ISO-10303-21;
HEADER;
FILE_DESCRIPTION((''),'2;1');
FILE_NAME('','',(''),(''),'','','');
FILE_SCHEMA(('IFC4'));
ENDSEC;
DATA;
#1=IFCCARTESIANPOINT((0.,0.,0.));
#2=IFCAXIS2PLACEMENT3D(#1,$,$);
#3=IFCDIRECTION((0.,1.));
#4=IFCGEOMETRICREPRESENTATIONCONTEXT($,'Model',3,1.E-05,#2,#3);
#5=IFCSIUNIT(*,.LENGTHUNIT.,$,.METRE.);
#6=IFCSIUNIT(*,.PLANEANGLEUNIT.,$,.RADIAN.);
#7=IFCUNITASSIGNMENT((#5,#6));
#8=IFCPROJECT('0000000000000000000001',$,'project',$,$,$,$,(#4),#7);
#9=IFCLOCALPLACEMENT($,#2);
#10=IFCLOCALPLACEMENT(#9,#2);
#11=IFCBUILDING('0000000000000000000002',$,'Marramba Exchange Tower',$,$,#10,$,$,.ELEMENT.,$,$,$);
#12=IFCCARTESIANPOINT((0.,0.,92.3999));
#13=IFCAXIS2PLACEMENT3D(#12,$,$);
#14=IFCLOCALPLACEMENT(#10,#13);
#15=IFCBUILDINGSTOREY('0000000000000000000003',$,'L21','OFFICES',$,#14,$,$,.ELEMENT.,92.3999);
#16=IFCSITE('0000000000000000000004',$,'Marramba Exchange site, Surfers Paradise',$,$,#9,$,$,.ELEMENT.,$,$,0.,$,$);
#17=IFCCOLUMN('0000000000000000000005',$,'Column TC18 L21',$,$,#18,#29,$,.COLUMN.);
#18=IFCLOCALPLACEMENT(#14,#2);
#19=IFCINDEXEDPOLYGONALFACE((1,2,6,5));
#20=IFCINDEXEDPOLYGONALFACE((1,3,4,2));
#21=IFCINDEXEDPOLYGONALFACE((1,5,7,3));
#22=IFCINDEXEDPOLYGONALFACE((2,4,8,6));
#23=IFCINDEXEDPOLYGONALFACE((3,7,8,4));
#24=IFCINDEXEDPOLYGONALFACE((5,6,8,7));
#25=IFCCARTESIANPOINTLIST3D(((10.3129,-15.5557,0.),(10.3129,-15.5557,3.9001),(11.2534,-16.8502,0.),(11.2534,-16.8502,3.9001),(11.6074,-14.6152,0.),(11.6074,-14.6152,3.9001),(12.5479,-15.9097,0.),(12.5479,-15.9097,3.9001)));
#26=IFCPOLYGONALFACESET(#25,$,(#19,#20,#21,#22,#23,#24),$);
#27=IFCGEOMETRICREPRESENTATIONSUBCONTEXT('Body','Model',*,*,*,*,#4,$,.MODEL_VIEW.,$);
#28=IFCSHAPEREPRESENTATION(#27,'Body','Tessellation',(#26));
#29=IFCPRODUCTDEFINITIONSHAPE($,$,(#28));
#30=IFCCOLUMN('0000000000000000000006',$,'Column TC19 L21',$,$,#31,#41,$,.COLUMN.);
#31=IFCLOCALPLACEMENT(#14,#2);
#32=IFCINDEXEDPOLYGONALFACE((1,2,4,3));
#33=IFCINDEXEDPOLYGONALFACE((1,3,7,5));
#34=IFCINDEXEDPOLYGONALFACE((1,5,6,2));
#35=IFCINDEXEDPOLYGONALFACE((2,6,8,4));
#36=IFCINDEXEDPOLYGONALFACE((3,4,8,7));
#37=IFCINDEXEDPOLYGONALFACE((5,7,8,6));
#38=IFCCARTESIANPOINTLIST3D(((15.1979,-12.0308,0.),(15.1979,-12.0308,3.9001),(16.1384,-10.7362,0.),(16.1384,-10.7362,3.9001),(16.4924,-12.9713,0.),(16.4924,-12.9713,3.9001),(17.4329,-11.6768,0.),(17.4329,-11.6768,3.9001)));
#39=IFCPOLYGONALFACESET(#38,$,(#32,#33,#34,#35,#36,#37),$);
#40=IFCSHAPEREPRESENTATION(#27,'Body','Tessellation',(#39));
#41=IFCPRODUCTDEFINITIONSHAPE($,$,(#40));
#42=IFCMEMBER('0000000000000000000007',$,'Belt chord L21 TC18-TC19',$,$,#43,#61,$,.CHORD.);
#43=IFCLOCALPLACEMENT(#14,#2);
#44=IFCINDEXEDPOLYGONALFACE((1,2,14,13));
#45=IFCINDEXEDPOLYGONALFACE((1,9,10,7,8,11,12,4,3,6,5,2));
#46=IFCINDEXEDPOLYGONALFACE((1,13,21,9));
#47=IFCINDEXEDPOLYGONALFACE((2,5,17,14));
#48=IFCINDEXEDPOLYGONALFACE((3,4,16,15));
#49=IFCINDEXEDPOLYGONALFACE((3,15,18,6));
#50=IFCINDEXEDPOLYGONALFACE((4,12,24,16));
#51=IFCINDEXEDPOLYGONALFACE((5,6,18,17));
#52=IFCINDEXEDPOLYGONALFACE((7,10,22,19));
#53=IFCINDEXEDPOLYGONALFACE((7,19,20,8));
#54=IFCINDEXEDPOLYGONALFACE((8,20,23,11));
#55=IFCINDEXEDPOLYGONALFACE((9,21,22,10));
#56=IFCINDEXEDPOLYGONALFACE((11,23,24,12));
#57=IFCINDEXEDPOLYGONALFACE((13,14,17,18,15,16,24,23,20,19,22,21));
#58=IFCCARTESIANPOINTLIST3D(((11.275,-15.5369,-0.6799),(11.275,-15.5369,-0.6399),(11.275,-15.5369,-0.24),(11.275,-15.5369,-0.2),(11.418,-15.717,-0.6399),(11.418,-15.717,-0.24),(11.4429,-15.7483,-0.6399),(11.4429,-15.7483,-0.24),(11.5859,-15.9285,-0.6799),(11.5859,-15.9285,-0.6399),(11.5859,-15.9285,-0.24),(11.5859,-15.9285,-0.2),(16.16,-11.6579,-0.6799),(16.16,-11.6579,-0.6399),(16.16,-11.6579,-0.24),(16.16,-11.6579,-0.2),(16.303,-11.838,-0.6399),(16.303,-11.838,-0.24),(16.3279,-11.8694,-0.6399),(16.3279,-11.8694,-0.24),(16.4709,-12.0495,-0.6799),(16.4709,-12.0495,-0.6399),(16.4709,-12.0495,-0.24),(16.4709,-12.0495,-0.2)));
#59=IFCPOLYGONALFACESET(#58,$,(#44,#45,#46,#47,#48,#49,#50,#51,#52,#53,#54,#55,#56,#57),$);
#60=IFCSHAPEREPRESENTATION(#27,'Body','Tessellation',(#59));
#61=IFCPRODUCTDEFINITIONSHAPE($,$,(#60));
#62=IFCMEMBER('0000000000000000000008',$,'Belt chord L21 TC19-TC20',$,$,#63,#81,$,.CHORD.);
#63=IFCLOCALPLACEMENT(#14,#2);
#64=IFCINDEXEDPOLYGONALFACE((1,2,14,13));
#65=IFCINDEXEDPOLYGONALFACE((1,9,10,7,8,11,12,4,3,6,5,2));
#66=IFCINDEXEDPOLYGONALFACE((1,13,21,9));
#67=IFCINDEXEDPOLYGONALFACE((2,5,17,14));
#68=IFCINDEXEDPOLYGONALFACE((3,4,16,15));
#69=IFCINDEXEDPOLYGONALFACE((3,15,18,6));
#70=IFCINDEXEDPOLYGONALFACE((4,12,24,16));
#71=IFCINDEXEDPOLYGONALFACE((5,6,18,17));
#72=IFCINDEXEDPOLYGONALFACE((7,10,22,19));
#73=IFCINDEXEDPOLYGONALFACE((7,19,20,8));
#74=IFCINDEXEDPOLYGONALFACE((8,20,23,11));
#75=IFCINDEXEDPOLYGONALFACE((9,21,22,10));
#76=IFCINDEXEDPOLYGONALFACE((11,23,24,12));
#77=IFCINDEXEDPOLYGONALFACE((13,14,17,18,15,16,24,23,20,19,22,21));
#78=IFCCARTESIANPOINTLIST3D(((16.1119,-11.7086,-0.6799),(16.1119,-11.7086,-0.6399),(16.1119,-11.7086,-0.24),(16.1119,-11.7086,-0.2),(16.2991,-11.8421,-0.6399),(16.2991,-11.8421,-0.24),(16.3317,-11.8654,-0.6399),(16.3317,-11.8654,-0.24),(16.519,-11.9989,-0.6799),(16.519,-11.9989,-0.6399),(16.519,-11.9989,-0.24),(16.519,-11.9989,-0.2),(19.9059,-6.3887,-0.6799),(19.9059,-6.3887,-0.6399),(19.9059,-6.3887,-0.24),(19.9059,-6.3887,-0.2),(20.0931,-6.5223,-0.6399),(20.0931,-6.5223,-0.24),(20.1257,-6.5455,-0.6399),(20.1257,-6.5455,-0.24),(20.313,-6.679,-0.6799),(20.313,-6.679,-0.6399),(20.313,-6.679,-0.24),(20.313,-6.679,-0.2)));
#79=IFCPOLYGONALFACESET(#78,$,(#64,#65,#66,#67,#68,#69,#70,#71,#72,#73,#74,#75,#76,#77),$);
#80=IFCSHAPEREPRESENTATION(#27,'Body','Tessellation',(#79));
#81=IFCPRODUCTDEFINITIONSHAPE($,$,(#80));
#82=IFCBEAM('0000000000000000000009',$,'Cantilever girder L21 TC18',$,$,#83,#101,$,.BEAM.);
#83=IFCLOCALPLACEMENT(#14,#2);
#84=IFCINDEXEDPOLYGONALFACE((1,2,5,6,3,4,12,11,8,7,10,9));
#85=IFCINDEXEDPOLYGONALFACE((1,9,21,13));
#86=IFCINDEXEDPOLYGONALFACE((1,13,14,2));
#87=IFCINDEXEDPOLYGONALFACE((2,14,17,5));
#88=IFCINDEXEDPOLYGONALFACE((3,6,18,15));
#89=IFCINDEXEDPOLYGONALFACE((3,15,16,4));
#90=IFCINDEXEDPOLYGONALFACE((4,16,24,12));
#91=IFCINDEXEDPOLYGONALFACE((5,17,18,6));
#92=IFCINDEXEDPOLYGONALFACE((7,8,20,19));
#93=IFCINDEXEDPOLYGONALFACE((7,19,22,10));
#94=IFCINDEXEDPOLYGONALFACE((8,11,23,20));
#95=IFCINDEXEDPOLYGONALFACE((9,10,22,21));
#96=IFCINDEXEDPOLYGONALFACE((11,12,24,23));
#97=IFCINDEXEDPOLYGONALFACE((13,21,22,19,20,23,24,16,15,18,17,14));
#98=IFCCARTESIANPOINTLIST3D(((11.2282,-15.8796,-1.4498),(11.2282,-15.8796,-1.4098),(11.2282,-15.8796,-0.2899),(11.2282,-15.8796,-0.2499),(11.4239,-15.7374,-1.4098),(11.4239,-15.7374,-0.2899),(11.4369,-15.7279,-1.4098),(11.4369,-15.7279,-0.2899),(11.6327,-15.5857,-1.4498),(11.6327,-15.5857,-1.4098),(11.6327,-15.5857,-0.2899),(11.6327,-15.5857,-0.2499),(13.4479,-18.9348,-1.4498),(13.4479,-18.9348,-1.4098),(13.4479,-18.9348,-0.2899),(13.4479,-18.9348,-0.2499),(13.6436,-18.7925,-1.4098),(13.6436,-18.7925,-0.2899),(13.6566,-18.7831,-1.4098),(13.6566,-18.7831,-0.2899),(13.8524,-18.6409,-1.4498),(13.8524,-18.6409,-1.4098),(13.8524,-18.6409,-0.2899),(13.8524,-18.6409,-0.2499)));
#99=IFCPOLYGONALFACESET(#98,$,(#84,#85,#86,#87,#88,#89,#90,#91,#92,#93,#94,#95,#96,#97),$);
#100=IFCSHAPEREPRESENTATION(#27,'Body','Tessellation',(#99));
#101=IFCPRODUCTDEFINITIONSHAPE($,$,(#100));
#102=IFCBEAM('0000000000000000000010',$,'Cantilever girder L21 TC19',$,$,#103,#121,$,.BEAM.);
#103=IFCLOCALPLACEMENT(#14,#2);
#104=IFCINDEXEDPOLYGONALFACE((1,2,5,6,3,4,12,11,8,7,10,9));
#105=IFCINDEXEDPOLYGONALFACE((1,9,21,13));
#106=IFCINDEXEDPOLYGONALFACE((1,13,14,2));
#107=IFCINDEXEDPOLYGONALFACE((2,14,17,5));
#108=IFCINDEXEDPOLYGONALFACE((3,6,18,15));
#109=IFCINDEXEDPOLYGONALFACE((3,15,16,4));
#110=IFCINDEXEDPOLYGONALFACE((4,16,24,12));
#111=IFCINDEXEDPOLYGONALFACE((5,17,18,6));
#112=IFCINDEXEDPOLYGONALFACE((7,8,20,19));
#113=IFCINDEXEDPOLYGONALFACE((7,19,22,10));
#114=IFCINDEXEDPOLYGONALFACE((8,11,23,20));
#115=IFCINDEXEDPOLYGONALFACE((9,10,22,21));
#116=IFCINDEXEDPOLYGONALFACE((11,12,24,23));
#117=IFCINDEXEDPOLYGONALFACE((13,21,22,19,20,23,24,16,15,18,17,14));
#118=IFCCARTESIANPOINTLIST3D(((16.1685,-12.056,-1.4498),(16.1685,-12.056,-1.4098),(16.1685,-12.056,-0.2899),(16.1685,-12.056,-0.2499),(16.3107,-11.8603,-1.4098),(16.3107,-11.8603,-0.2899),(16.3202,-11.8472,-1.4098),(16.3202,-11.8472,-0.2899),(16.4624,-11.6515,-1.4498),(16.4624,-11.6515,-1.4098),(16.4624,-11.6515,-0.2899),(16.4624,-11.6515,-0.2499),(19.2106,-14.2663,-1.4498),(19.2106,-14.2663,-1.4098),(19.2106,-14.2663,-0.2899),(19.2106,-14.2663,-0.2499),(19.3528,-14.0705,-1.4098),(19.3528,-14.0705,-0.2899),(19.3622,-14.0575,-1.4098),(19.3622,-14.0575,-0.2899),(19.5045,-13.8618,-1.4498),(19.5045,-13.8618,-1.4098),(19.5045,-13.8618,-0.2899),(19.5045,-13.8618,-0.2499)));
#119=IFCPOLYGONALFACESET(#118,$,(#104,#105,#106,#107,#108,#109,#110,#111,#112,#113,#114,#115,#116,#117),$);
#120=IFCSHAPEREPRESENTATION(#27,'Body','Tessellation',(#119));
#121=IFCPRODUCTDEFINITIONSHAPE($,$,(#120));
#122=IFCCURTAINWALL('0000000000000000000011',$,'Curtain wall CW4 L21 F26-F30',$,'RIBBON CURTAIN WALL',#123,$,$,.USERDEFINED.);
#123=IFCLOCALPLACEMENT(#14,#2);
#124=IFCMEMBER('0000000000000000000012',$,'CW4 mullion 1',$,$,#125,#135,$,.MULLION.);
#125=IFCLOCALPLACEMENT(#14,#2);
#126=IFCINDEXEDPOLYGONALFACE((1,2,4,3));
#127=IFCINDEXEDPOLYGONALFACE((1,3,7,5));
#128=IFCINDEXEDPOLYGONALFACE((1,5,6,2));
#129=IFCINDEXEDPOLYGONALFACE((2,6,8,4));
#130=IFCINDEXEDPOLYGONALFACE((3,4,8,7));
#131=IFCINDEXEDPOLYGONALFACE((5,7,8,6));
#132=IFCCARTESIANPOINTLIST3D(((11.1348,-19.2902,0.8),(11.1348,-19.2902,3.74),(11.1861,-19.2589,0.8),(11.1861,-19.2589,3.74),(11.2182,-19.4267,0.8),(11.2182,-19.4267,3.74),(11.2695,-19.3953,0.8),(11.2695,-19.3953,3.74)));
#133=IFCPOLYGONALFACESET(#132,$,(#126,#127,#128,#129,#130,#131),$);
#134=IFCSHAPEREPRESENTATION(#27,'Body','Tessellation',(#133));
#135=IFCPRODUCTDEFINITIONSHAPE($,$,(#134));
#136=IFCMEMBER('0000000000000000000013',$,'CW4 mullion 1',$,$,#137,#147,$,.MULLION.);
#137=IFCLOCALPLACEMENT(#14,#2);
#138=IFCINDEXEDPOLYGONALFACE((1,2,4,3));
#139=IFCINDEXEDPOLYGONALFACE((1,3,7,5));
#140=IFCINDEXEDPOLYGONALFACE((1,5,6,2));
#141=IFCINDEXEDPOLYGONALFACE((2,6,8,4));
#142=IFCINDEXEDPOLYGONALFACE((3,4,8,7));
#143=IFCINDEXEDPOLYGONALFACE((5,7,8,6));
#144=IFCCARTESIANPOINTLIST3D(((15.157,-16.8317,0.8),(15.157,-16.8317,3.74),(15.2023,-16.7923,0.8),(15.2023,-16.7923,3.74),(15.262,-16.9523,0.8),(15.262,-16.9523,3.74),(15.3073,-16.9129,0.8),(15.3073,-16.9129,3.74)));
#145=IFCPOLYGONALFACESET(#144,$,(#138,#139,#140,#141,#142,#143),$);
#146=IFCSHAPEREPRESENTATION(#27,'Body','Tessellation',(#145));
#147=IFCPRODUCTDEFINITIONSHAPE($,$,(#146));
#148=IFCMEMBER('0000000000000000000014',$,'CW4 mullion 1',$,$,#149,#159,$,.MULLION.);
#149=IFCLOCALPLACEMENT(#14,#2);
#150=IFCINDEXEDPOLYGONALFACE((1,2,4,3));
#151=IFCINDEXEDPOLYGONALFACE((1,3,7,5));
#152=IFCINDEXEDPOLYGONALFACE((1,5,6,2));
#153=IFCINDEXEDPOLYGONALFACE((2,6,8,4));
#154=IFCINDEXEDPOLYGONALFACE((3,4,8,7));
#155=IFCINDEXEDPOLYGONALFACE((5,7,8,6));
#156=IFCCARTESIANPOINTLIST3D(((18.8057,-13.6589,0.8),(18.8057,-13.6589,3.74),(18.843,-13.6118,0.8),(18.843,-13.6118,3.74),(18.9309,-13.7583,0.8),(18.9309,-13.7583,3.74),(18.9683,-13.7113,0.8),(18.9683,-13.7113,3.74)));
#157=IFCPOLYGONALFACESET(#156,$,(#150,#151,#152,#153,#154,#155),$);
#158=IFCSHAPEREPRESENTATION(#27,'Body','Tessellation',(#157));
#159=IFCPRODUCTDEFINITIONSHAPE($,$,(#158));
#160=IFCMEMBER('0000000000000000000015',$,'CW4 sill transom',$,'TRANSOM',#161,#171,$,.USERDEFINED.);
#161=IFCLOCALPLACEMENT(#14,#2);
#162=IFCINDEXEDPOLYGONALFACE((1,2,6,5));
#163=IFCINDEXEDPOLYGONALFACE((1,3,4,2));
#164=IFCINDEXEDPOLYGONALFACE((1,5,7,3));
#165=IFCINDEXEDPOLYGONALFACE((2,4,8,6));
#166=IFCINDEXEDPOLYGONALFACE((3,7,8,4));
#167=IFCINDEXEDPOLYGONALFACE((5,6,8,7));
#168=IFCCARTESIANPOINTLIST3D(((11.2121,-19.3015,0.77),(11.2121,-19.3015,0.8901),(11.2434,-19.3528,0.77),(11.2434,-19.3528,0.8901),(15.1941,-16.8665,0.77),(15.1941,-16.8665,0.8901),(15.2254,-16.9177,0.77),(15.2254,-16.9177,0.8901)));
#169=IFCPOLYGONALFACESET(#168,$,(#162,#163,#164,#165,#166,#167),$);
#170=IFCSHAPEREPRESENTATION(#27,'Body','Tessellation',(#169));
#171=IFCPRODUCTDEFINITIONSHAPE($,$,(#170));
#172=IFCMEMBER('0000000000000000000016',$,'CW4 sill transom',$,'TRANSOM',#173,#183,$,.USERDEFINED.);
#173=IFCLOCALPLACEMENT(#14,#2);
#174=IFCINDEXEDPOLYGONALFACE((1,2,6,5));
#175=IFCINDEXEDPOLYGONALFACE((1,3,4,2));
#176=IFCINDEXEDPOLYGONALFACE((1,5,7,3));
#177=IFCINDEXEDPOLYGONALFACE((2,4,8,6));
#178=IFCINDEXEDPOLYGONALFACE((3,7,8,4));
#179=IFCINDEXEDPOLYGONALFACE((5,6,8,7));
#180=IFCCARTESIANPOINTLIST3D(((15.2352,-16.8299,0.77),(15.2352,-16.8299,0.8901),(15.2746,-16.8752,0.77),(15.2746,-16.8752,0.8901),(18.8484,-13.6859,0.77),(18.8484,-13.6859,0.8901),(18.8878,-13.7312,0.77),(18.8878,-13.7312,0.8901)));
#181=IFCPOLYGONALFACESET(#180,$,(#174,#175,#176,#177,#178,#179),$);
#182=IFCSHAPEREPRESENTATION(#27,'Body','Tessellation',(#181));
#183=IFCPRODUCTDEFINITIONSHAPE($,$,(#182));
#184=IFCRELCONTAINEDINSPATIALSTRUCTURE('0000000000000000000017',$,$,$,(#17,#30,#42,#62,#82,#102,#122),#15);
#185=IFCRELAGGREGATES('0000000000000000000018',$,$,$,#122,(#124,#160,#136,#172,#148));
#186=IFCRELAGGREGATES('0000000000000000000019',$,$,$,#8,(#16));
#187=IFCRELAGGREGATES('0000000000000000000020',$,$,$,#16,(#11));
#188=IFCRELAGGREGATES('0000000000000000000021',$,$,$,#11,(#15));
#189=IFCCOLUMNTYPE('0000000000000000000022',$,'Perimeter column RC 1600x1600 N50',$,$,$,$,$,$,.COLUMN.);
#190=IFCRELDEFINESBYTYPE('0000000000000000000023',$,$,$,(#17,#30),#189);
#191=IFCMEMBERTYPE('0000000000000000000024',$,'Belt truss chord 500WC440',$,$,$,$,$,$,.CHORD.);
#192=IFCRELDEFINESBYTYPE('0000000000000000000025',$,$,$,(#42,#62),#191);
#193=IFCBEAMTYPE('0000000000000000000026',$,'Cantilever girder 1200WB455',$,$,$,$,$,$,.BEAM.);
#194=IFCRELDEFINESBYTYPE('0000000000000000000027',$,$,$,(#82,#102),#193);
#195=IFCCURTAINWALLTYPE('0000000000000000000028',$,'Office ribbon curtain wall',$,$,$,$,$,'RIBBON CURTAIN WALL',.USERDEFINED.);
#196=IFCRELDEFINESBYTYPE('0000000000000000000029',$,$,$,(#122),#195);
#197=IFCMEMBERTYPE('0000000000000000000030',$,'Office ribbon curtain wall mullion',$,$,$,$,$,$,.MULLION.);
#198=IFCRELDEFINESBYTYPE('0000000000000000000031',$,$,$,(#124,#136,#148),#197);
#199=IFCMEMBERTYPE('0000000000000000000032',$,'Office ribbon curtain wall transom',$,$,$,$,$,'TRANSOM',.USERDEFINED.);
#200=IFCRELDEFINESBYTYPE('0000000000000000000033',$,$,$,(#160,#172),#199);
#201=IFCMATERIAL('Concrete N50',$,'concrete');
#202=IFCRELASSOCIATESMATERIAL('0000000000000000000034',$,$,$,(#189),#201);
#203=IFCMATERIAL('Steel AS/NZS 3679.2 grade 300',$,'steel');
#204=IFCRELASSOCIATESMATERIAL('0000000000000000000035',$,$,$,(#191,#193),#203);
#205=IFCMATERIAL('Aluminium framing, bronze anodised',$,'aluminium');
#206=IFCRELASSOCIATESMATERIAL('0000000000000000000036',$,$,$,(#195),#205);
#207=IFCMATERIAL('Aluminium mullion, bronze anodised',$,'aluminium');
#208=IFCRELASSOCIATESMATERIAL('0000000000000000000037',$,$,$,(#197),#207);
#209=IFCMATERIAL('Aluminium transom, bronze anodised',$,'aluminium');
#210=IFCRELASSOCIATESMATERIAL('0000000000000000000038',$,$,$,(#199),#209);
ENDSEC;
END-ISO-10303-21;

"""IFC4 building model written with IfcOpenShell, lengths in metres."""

from ifc_helpers import new_model, si_unit, direction, frame, origin, origin_2d, place, context, subcontext, project, spatial, rectangle, i_section, extrude, material, material_profile, profile_set, type_object, element, aggregate, save


model = new_model("IFC4")

# Units and contexts
model_context = context("Model", 3, precision=1e-05, world=origin(), true_north=direction((0.0, 1.0)))
body_context = subcontext(model_context, "Body", "Model", "MODEL_VIEW")
ifc_project = project(units=[si_unit("LENGTHUNIT", "METRE"), si_unit("PLANEANGLEUNIT", "RADIAN")], contexts=[model_context])

# Site, building, storey
site_placement = place(None, origin())
site = spatial("IfcSite", under=ifc_project, at=site_placement, Name="Marramba Exchange site, Surfers Paradise", CompositionType="ELEMENT", RefElevation=0.0)
building_placement = place(site_placement, origin())
building = spatial("IfcBuilding", under=site, at=building_placement, Name="Marramba Exchange Tower", CompositionType="ELEMENT")
storey_placement = place(building_placement, frame((0.0, 0.0, 92.3999)))
storey = spatial("IfcBuildingStorey", under=building, at=storey_placement, Name="L21", Description="OFFICES", CompositionType="ELEMENT", Elevation=92.3999)

# Columns
ifc_material_1 = material(Name="Concrete N50", Category="concrete")
ifc_material_profile_1 = material_profile(ifc_material_1, rectangle(XDim=1.6001, YDim=1.6001, at=origin_2d()), Name="RC 1600x1600")
ifc_profile_set_1 = profile_set([ifc_material_profile_1], Name="Concrete N50")
column_type = type_object("IfcColumnType", Name="Perimeter column RC 1600x1600 N50", PredefinedType="COLUMN", material=ifc_profile_set_1)
for number, where, z_axis, x_axis, name in (
    (1, (11.4304, -15.7327, 0.0), (0.0, 0.0, 1.0), (0.587785, -0.809017, 0.0), "Column TC18 L21"),
    (2, (16.3154, -11.8538, 0.0), (0.0, 0.0, 1.0), (0.809017, -0.587785, 0.0), "Column TC19 L21"),
):
    element("IfcColumn", number, at=place(storey_placement, frame(where, z_axis=z_axis, x_axis=x_axis)), inside=storey, type_object=column_type, Name=name, PredefinedType="COLUMN", context=body_context, shape_type="SweptSolid", body=[
        extrude(rectangle(XDim=1.6001, YDim=1.6001, at=origin_2d()), origin(), (0.0, 0.0, 1.0), 3.9001),
    ])

# Members
ifc_material_2 = material(Name="Steel AS/NZS 3679.2 grade 300", Category="steel")
ifc_material_profile_2 = material_profile(ifc_material_2, i_section(OverallWidth=0.5, OverallDepth=0.48, WebThickness=0.04, FlangeThickness=0.04, at=origin_2d()), Name="500WC440")
ifc_profile_set_2 = profile_set([ifc_material_profile_2], Name="Steel AS/NZS 3679.2 grade 300")
member_type_1 = type_object("IfcMemberType", Name="Belt truss chord 500WC440", PredefinedType="CHORD", material=ifc_profile_set_2)
member_1_placement = place(storey_placement, frame((11.4304, -15.7327, -0.4399), z_axis=(0.783139, 0.621846, 0.0), x_axis=(-0.621846, 0.783139, 0.0)))
element("IfcMember", 3, at=member_1_placement, inside=storey, type_object=member_type_1, Name="Belt chord L21 TC18-TC19", PredefinedType="CHORD", context=body_context, shape_type="SweptSolid", body=[
    extrude(i_section(OverallWidth=0.5, OverallDepth=0.48, WebThickness=0.04, FlangeThickness=0.04, at=origin_2d()), origin(), (0.0, 0.0, 1.0), 6.2378),
])
member_2_placement = place(storey_placement, frame((16.3154, -11.8538, -0.4399), z_axis=(0.580637, 0.814162, 0.0), x_axis=(-0.814162, 0.580637, 0.0)))
element("IfcMember", 4, at=member_2_placement, inside=storey, type_object=member_type_1, Name="Belt chord L21 TC19-TC20", PredefinedType="CHORD", context=body_context, shape_type="SweptSolid", body=[
    extrude(i_section(OverallWidth=0.5, OverallDepth=0.48, WebThickness=0.04, FlangeThickness=0.04, at=origin_2d()), origin(), (0.0, 0.0, 1.0), 6.5342),
])

# Beams
ifc_material_profile_3 = material_profile(ifc_material_2, i_section(OverallWidth=0.5, OverallDepth=1.2, WebThickness=0.0161, FlangeThickness=0.04, at=origin_2d()), Name="1200WB455")
ifc_profile_set_3 = profile_set([ifc_material_profile_3], Name="Steel AS/NZS 3679.2 grade 300")
beam_type_1 = type_object("IfcBeamType", Name="Cantilever girder 1200WB455", PredefinedType="BEAM", material=ifc_profile_set_3)
beam_1_placement = place(storey_placement, frame((11.4304, -15.7327, -0.8499), z_axis=(0.587787, -0.809016, 0.0), x_axis=(0.809016, 0.587787, 0.0)))
element("IfcBeam", 5, at=beam_1_placement, inside=storey, type_object=beam_type_1, Name="Cantilever girder L21 TC18", PredefinedType="BEAM", context=body_context, shape_type="SweptSolid", body=[
    extrude(i_section(OverallWidth=0.5, OverallDepth=1.2, WebThickness=0.0161, FlangeThickness=0.04, at=origin_2d()), origin(), (0.0, 0.0, 1.0), 3.7764),
])
beam_2_placement = place(storey_placement, frame((16.3154, -11.8538, -0.8499), z_axis=(0.809008, -0.587797, 0.0), x_axis=(0.587797, 0.809008, 0.0)))
element("IfcBeam", 6, at=beam_2_placement, inside=storey, type_object=beam_type_1, Name="Cantilever girder L21 TC19", PredefinedType="BEAM", context=body_context, shape_type="SweptSolid", body=[
    extrude(i_section(OverallWidth=0.5, OverallDepth=1.2, WebThickness=0.0161, FlangeThickness=0.04, at=origin_2d()), origin(), (0.0, 0.0, 1.0), 3.7603),
])

# Curtain wall, members
ifc_material_3 = material(Name="Aluminium framing, bronze anodised", Category="aluminium")
curtain_wall_type = type_object("IfcCurtainWallType", Name="Office ribbon curtain wall", ElementType="RIBBON CURTAIN WALL", PredefinedType="USERDEFINED", material=ifc_material_3)
curtain_wall_placement = place(storey_placement, origin())
curtain_wall = element("IfcCurtainWall", 7, at=curtain_wall_placement, inside=storey, type_object=curtain_wall_type, Name="Curtain wall CW4 L21 F26-F30", ObjectType="RIBBON CURTAIN WALL", PredefinedType="USERDEFINED")
ifc_material_4 = material(Name="Aluminium mullion, bronze anodised", Category="aluminium")
ifc_material_profile_4 = material_profile(ifc_material_4, rectangle(XDim=0.1599, YDim=0.0601, at=origin_2d()), Name="CW4 mullion 60x160")
ifc_profile_set_4 = profile_set([ifc_material_profile_4], Name="Aluminium mullion, bronze anodised")
member_type_2 = type_object("IfcMemberType", Name="Office ribbon curtain wall mullion", PredefinedType="MULLION", material=ifc_profile_set_4)
member_3_placement = place(storey_placement, frame((11.2021, -19.3428, 0.8), z_axis=(0.0, 0.0, 1.0), x_axis=(-0.521733, 0.853109, 0.0)))
member_3 = element("IfcMember", 8, at=member_3_placement, type_object=member_type_2, Name="CW4 mullion 1", PredefinedType="MULLION", context=body_context, shape_type="SweptSolid", body=[
    extrude(rectangle(XDim=0.1599, YDim=0.0601, at=origin_2d()), origin(), (0.0, 0.0, 1.0), 2.9399),
])
member_4_placement = place(storey_placement, frame((15.2322, -16.8723, 0.8), z_axis=(0.0, 0.0, 1.0), x_axis=(-0.656432, 0.754386, 0.0)))
member_4 = element("IfcMember", 9, at=member_4_placement, type_object=member_type_2, Name="CW4 mullion 1", PredefinedType="MULLION", context=body_context, shape_type="SweptSolid", body=[
    extrude(rectangle(XDim=0.1599, YDim=0.0601, at=origin_2d()), origin(), (0.0, 0.0, 1.0), 2.9399),
])
member_5_placement = place(storey_placement, frame((18.887, -13.6851, 0.8), z_axis=(0.0, 0.0, 1.0), x_axis=(-0.78317, 0.621807, 0.0)))
member_5 = element("IfcMember", 10, at=member_5_placement, type_object=member_type_2, Name="CW4 mullion 1", PredefinedType="MULLION", context=body_context, shape_type="SweptSolid", body=[
    extrude(rectangle(XDim=0.1599, YDim=0.0601, at=origin_2d()), origin(), (0.0, 0.0, 1.0), 2.9399),
])
ifc_material_5 = material(Name="Aluminium transom, bronze anodised", Category="aluminium")
ifc_material_profile_5 = material_profile(ifc_material_5, rectangle(XDim=0.0601, YDim=0.1201, at=origin_2d()), Name="CW4 transom 60x120")
ifc_profile_set_5 = profile_set([ifc_material_profile_5], Name="Aluminium transom, bronze anodised")
member_type_3 = type_object("IfcMemberType", Name="Office ribbon curtain wall transom", ElementType="TRANSOM", PredefinedType="USERDEFINED", material=ifc_profile_set_5)
member_6_placement = place(storey_placement, frame((11.2278, -19.3271, 0.8301), z_axis=(0.853124, 0.521708, 0.0), x_axis=(-0.521708, 0.853124, 0.0)))
member_6 = element("IfcMember", 11, at=member_6_placement, type_object=member_type_3, Name="CW4 sill transom", ObjectType="TRANSOM", PredefinedType="USERDEFINED", context=body_context, shape_type="SweptSolid", body=[
    extrude(rectangle(XDim=0.0601, YDim=0.1201, at=origin_2d()), origin(), (0.0, 0.0, 1.0), 4.6675),
])
member_7_placement = place(storey_placement, frame((15.2549, -16.8525, 0.8301), z_axis=(0.754393, 0.656424, 0.0), x_axis=(-0.656424, 0.754393, 0.0)))
member_7 = element("IfcMember", 12, at=member_7_placement, type_object=member_type_3, Name="CW4 sill transom", ObjectType="TRANSOM", PredefinedType="USERDEFINED", context=body_context, shape_type="SweptSolid", body=[
    extrude(rectangle(XDim=0.0601, YDim=0.1201, at=origin_2d()), origin(), (0.0, 0.0, 1.0), 4.7896),
])

aggregate(curtain_wall, [member_3, member_6, member_4, member_7, member_5])

save(model, "model.ifc")
